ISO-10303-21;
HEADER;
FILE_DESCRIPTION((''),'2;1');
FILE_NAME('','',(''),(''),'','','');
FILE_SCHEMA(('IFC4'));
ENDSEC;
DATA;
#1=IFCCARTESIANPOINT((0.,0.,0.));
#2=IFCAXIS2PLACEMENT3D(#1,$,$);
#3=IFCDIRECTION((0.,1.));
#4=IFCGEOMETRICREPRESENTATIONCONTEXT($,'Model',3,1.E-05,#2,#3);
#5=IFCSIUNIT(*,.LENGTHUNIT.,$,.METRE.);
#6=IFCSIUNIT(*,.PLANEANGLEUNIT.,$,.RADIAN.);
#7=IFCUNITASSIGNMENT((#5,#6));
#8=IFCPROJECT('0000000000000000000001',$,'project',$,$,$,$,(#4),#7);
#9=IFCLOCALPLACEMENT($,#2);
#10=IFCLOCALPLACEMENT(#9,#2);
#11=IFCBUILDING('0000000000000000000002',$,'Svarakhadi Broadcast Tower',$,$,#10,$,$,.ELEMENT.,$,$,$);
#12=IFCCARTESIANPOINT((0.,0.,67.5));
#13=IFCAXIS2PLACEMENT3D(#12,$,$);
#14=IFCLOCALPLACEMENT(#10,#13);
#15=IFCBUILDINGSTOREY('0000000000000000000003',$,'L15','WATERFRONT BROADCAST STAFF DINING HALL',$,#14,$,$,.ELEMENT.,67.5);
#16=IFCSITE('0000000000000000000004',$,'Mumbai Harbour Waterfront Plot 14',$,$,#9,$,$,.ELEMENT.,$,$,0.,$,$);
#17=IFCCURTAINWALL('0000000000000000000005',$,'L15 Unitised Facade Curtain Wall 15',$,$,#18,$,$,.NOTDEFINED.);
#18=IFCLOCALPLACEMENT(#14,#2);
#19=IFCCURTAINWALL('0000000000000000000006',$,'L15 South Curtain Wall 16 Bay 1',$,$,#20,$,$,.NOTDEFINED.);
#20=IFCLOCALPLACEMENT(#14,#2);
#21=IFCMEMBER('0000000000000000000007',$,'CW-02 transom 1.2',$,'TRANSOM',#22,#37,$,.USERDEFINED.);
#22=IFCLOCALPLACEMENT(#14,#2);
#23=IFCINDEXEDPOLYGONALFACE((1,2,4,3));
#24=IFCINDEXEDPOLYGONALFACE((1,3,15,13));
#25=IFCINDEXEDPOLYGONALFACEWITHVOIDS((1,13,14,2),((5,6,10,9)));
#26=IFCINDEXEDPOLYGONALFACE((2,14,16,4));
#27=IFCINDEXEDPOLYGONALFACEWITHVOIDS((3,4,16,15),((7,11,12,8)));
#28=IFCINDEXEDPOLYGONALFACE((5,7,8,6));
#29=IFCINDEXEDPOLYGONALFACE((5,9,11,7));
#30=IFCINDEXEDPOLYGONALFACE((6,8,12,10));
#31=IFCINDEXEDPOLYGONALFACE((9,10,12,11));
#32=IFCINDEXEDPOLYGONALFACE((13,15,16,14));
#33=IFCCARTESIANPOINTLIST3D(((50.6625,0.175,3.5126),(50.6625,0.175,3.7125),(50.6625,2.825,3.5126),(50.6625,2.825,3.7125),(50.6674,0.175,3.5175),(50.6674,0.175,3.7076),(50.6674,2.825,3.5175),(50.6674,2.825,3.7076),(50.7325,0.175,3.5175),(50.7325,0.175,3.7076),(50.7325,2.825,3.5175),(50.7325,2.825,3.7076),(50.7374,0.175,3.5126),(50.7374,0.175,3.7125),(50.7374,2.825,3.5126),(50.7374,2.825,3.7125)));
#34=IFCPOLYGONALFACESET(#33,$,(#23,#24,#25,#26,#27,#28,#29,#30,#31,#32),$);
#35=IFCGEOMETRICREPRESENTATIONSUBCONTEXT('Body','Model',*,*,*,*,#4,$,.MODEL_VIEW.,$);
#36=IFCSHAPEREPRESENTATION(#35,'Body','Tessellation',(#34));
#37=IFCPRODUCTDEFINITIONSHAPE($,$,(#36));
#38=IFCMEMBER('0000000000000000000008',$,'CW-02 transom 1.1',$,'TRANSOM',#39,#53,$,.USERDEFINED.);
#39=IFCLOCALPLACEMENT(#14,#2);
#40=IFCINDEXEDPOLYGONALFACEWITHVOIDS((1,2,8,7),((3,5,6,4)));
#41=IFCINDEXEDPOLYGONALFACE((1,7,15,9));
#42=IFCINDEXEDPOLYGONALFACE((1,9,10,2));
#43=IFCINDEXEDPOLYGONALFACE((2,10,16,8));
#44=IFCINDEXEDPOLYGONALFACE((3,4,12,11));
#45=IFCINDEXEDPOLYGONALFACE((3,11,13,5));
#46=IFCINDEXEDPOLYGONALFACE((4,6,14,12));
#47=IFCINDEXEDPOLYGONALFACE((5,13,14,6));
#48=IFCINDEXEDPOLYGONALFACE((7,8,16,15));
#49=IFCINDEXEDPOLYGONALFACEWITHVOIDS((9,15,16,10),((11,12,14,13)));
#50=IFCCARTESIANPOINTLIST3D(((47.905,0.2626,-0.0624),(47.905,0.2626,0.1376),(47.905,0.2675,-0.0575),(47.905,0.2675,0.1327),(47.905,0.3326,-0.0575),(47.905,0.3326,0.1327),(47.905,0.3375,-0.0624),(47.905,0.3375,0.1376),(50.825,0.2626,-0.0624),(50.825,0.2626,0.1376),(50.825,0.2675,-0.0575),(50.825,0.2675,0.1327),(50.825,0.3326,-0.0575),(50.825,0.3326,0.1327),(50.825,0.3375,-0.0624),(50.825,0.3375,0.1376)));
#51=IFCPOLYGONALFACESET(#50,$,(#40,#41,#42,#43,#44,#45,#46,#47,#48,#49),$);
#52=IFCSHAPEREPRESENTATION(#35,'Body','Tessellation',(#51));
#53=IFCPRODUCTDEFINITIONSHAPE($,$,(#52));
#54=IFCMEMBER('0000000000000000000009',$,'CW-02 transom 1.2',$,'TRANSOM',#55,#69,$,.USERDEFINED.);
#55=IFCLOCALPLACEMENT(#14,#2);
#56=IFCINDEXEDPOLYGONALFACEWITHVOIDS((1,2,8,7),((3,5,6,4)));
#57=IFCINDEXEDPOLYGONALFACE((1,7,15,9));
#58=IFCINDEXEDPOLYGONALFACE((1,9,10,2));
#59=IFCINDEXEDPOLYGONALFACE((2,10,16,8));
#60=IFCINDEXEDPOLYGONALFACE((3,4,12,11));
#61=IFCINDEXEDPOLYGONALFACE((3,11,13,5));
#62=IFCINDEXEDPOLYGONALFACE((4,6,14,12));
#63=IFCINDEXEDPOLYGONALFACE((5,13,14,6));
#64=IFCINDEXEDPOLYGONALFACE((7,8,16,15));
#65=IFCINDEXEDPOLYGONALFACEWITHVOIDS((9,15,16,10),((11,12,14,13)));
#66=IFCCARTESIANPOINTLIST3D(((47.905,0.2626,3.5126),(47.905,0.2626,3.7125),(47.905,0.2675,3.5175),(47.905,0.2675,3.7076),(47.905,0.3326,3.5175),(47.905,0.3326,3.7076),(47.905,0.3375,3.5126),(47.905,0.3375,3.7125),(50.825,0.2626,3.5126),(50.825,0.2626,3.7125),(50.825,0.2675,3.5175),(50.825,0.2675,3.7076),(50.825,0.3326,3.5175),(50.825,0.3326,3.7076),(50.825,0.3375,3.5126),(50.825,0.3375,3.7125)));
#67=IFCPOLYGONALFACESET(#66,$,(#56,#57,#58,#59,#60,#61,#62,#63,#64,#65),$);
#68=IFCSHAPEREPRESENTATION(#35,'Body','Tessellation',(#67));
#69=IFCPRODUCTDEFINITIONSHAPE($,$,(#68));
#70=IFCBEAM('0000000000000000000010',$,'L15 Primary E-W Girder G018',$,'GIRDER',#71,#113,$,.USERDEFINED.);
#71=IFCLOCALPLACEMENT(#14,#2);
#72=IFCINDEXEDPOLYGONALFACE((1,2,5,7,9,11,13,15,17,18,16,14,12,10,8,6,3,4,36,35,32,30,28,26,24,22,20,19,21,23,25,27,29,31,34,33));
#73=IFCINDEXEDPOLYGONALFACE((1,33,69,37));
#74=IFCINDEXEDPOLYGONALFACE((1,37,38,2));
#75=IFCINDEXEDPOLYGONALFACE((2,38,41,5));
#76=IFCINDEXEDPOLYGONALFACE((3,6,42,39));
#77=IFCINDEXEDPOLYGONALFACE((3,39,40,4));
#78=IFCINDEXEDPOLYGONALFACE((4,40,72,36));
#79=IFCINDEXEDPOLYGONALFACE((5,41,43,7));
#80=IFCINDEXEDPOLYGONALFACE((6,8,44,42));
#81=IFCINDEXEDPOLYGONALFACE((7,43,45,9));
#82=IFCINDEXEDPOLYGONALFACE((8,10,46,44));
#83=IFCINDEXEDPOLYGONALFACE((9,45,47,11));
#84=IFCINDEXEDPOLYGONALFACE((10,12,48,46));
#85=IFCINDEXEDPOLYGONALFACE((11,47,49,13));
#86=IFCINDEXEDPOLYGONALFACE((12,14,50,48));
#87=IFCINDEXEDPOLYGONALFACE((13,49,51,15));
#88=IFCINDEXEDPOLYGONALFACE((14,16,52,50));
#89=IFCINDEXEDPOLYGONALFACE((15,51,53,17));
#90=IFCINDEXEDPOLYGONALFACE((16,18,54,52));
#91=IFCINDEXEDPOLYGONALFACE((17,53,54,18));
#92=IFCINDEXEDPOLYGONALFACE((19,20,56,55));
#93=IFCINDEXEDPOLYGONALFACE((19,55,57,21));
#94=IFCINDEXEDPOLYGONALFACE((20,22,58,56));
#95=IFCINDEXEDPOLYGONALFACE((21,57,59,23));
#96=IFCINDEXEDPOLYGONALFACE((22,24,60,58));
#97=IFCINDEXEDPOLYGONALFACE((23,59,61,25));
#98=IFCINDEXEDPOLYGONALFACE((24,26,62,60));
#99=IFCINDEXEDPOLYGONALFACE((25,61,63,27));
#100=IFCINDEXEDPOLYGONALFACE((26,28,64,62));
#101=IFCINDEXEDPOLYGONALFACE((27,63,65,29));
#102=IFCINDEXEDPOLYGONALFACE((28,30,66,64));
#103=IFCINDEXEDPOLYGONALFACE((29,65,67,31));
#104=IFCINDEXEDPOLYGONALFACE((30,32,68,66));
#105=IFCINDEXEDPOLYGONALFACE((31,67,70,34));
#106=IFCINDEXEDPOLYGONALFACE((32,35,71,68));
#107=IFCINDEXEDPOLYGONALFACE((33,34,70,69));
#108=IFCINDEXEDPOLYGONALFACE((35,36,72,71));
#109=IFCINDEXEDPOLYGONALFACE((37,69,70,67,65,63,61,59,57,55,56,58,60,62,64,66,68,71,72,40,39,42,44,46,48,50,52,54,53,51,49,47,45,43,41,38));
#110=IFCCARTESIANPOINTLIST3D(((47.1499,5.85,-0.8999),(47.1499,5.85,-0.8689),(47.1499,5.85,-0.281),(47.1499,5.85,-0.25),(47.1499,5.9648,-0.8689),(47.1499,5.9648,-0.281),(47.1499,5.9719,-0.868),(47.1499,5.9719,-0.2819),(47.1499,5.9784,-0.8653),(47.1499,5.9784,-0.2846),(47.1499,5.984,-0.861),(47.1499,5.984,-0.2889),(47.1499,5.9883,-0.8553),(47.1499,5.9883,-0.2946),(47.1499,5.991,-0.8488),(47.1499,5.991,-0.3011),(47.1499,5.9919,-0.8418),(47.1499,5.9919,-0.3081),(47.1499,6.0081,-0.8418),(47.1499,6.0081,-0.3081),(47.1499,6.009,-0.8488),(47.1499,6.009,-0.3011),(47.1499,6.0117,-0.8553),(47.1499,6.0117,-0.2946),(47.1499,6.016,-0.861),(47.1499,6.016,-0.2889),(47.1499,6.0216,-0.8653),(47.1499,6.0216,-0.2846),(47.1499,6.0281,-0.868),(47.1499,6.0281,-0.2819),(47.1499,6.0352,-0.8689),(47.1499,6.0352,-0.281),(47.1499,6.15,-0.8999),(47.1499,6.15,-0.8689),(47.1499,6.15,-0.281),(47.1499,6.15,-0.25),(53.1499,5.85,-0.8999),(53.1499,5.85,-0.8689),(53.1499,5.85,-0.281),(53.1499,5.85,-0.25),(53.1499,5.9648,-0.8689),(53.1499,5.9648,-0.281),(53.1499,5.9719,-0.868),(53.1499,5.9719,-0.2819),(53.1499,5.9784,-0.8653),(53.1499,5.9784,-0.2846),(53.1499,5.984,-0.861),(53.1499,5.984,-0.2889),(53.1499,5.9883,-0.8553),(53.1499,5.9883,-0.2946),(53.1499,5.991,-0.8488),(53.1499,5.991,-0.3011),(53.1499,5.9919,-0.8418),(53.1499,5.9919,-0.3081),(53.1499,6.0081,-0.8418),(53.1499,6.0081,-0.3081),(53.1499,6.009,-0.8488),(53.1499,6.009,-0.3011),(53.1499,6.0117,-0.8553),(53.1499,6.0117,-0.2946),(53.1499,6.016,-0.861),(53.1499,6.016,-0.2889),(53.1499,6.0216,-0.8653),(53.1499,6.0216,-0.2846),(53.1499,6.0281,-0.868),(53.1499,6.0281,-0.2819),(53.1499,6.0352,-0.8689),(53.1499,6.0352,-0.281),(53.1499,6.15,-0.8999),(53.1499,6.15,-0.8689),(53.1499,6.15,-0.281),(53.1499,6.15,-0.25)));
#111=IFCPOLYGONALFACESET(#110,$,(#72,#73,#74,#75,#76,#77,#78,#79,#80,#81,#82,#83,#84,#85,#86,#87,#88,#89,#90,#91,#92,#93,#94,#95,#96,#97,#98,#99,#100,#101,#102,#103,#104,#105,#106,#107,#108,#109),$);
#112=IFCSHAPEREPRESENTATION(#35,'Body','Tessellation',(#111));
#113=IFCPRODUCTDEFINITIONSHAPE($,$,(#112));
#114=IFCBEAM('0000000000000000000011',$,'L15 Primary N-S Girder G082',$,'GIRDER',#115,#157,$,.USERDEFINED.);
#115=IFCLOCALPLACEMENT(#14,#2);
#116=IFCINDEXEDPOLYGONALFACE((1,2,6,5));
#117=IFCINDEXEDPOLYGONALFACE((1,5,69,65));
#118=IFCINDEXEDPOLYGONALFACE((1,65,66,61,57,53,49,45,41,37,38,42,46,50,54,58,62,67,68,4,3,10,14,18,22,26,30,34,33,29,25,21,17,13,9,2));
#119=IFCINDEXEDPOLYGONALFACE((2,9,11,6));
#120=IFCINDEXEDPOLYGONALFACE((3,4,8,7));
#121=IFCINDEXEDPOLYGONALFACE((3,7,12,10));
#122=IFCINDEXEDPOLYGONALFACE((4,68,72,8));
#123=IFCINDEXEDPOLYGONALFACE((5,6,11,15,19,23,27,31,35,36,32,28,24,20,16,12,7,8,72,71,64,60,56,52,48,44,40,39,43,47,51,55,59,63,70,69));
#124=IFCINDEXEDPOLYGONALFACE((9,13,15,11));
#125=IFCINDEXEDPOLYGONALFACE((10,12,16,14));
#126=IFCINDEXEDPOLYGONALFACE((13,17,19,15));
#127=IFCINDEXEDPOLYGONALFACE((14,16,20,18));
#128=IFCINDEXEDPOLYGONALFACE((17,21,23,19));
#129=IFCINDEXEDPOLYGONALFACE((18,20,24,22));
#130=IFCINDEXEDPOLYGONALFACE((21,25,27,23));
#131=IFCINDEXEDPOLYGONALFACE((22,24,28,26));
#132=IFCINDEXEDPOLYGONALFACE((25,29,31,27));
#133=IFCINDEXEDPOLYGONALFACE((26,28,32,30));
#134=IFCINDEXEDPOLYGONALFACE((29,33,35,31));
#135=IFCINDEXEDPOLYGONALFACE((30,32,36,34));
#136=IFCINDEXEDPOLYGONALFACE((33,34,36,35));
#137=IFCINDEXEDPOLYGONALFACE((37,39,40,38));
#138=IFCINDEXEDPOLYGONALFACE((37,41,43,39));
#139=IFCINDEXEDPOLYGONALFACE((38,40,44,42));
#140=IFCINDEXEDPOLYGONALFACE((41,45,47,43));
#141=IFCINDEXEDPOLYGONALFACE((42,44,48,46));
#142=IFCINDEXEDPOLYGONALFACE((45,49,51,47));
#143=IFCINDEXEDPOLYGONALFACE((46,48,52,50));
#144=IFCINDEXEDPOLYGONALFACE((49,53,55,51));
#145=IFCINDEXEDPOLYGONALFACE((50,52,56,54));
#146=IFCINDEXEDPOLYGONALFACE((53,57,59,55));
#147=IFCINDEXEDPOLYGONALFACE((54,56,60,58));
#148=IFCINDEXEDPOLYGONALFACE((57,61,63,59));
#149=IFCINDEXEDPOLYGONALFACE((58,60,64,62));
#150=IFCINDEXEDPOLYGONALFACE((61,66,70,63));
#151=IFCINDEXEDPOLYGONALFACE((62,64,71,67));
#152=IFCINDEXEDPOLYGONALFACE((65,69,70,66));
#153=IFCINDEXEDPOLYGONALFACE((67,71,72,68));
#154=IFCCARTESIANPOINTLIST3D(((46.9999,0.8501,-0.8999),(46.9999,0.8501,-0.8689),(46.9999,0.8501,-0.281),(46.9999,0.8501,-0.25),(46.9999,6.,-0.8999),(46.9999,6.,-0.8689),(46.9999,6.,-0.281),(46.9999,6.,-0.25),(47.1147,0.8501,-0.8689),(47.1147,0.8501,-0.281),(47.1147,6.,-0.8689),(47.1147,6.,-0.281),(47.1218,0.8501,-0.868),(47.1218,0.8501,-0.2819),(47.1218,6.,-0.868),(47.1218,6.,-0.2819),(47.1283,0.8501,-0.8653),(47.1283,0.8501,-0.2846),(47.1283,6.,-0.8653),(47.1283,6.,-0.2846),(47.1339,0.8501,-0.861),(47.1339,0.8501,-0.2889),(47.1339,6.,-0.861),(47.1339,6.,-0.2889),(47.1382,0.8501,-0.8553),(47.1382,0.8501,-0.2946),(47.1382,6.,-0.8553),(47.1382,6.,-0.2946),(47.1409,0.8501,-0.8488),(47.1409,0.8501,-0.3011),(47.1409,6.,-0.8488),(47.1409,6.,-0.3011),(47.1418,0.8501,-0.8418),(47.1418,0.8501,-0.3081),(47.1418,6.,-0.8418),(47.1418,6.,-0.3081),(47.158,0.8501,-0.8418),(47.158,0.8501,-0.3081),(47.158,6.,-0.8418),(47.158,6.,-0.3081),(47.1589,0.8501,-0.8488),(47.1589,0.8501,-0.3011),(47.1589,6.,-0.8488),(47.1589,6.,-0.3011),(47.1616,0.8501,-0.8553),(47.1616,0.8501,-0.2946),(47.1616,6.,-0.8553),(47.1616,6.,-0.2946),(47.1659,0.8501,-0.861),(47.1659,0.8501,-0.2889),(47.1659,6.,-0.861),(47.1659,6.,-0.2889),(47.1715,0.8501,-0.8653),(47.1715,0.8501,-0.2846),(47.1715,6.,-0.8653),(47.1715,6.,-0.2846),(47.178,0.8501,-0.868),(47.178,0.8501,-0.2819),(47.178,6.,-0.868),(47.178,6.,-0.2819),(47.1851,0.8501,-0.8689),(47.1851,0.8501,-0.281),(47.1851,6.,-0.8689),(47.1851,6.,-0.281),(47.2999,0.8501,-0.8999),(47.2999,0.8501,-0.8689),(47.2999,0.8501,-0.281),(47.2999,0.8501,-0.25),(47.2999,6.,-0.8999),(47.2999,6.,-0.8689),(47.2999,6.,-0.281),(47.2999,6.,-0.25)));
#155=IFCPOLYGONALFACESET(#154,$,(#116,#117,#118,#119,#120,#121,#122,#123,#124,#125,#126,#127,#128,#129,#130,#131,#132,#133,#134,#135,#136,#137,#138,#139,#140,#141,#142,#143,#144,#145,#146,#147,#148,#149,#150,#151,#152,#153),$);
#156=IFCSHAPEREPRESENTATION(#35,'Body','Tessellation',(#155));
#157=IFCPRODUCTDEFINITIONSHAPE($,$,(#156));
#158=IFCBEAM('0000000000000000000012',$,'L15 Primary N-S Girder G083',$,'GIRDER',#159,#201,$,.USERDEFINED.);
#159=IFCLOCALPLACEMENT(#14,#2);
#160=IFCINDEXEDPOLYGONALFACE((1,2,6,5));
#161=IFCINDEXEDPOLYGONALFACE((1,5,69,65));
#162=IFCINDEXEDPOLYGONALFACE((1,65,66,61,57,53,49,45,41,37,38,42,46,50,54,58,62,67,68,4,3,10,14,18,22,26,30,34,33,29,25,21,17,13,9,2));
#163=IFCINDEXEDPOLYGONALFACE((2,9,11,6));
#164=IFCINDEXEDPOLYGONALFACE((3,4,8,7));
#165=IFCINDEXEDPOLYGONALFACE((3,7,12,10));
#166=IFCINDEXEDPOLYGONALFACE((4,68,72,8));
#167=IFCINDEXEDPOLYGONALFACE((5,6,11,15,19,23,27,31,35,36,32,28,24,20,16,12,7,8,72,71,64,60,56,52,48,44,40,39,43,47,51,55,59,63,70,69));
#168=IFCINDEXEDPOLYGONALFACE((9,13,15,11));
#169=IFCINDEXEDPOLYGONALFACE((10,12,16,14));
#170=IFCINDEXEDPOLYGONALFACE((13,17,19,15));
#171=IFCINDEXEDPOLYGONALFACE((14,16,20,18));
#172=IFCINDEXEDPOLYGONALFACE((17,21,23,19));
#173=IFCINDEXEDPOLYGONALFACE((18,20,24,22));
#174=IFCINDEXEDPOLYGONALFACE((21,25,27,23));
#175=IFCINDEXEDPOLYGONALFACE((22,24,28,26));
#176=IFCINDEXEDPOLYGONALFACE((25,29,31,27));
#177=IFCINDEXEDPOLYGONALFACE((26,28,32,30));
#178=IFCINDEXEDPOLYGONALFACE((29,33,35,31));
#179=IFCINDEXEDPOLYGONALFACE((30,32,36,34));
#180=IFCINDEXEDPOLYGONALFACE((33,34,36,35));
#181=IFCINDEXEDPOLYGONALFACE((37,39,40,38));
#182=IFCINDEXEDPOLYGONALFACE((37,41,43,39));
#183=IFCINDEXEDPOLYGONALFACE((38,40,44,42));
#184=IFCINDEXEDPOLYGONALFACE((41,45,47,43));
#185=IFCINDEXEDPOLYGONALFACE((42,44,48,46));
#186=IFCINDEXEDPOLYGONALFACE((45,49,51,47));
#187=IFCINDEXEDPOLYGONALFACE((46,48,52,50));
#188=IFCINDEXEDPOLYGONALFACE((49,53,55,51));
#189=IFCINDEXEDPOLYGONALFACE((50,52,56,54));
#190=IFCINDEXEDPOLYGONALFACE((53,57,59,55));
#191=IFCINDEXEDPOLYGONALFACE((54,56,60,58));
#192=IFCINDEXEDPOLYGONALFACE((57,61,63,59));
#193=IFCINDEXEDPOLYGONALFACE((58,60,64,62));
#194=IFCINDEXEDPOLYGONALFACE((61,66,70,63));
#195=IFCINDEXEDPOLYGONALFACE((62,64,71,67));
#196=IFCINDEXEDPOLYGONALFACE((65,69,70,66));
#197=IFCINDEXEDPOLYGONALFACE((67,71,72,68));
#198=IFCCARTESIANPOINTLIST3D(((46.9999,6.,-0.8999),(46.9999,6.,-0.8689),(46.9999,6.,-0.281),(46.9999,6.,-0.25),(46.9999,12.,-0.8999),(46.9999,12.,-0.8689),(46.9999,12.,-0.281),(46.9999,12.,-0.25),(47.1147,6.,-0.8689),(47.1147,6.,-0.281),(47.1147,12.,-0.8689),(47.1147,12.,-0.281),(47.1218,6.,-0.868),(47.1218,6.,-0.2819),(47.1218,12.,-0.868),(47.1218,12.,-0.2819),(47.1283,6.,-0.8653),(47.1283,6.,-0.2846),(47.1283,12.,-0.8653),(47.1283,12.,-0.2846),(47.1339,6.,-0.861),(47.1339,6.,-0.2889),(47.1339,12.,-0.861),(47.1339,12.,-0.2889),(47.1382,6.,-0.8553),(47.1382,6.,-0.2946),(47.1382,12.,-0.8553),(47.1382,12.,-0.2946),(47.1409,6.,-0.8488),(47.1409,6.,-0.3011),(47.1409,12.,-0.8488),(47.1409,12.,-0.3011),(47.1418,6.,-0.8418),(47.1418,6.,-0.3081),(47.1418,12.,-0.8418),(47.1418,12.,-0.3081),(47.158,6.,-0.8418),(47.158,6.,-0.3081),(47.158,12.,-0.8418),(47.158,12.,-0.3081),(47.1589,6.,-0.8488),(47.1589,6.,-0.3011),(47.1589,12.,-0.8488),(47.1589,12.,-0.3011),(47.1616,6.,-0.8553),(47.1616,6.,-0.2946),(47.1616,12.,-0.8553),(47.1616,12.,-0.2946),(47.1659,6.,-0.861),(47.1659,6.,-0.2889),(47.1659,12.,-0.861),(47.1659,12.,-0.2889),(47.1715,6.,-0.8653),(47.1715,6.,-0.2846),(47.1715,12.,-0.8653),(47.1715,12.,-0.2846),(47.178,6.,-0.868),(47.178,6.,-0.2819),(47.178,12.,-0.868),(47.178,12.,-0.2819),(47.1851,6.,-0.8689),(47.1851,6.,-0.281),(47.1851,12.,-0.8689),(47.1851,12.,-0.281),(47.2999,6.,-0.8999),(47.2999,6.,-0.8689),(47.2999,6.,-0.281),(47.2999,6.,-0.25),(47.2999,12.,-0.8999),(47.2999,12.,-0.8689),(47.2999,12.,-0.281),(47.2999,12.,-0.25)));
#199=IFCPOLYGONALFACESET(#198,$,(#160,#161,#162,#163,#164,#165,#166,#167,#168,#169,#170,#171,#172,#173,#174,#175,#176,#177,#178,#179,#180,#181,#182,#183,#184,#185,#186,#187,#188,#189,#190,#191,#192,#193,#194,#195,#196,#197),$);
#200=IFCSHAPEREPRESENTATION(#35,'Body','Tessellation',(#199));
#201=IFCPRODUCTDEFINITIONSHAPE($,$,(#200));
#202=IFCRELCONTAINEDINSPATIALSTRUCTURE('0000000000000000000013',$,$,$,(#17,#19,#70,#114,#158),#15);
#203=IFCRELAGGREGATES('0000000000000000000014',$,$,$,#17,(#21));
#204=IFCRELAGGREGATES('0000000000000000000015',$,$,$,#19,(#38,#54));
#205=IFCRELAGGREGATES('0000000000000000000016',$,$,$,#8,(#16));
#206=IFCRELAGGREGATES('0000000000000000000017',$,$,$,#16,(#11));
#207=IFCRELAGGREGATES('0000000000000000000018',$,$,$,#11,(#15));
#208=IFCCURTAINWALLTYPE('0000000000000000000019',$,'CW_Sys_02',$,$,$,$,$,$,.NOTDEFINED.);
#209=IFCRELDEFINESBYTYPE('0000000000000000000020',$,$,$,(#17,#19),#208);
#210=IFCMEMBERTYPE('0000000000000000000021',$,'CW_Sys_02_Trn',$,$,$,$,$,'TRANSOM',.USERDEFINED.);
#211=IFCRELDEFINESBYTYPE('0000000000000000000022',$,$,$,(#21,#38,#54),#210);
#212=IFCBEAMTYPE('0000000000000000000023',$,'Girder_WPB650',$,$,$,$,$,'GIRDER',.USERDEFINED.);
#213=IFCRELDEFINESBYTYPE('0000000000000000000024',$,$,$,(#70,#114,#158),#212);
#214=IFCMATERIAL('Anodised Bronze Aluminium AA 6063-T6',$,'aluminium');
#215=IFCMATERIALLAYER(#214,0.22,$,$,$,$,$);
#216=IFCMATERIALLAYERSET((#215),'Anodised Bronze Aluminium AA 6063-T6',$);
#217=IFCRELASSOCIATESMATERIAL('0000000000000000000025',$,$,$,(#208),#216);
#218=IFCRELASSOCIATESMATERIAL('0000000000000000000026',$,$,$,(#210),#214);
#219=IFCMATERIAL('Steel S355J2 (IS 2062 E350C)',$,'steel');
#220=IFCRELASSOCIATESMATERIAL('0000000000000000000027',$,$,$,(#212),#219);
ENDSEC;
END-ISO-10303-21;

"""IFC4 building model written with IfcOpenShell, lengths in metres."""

from ifc_helpers import new_model, si_unit, direction, frame, origin, origin_2d, place, context, subcontext, project, spatial, hollow_rectangle, i_section, extrude, material, layer, layer_set, material_profile, profile_set, type_object, element, aggregate, save


model = new_model("IFC4")

# Units and contexts
model_context = context("Model", 3, precision=1e-05, world=origin(), true_north=direction((0.0, 1.0)))
body_context = subcontext(model_context, "Body", "Model", "MODEL_VIEW")
ifc_project = project(units=[si_unit("LENGTHUNIT", "METRE"), si_unit("PLANEANGLEUNIT", "RADIAN")], contexts=[model_context])

# Site, building, storey
site_placement = place(None, origin())
site = spatial("IfcSite", under=ifc_project, at=site_placement, Name="Mumbai Harbour Waterfront Plot 14", CompositionType="ELEMENT", RefElevation=0.0)
building_placement = place(site_placement, origin())
building = spatial("IfcBuilding", under=site, at=building_placement, Name="Svarakhadi Broadcast Tower", CompositionType="ELEMENT")
storey_placement = place(building_placement, frame((0.0, 0.0, 67.5)))
storey = spatial("IfcBuildingStorey", under=building, at=storey_placement, Name="L15", Description="WATERFRONT BROADCAST STAFF DINING HALL", CompositionType="ELEMENT", Elevation=67.5)

# Curtain walls
ifc_material_1 = material(Name="Anodised Bronze Aluminium AA 6063-T6", Category="aluminium")
ifc_layer_1 = layer(ifc_material_1, 0.22)
ifc_layer_set_1 = layer_set([ifc_layer_1], Name="Anodised Bronze Aluminium AA 6063-T6")
curtain_wall_type = type_object("IfcCurtainWallType", Name="CW_Sys_02", PredefinedType="NOTDEFINED", material=ifc_layer_set_1)
curtain_wall_1_placement = place(storey_placement, origin())
curtain_wall_1 = element("IfcCurtainWall", 1, at=curtain_wall_1_placement, inside=storey, type_object=curtain_wall_type, Name="L15 Unitised Facade Curtain Wall 15", PredefinedType="NOTDEFINED")
curtain_wall_2_placement = place(storey_placement, origin())
curtain_wall_2 = element("IfcCurtainWall", 2, at=curtain_wall_2_placement, inside=storey, type_object=curtain_wall_type, Name="L15 South Curtain Wall 16 Bay 1", PredefinedType="NOTDEFINED")

# Members
ifc_material_profile_1 = material_profile(ifc_material_1, hollow_rectangle(XDim=0.075, YDim=0.2, WallThickness=0.0049, at=origin_2d()), Name="ALU TRANSOM 200x75x5")
ifc_profile_set_1 = profile_set([ifc_material_profile_1], Name="Anodised Bronze Aluminium AA 6063-T6")
member_type_1 = type_object("IfcMemberType", Name="CW_Sys_02_Trn", ElementType="TRANSOM", PredefinedType="USERDEFINED", material=ifc_profile_set_1)
member_1_placement = place(storey_placement, frame((50.7, 2.825, 3.6125), z_axis=(0.0, -1.0, 0.0), x_axis=(1.0, 0.0, 0.0)))
member_1 = element("IfcMember", 3, at=member_1_placement, type_object=member_type_1, Name="CW-02 transom 1.2", ObjectType="TRANSOM", PredefinedType="USERDEFINED", context=body_context, shape_type="SweptSolid", body=[
    extrude(hollow_rectangle(XDim=0.075, YDim=0.2, WallThickness=0.0049, at=origin_2d()), origin(), (0.0, 0.0, 1.0), 2.6499),
])
member_2_placement = place(storey_placement, frame((50.825, 0.3, 0.0376), z_axis=(-1.0, 0.0, 0.0), x_axis=(0.0, -1.0, 0.0)))
member_2 = element("IfcMember", 4, at=member_2_placement, type_object=member_type_1, Name="CW-02 transom 1.1", ObjectType="TRANSOM", PredefinedType="USERDEFINED", context=body_context, shape_type="SweptSolid", body=[
    extrude(hollow_rectangle(XDim=0.075, YDim=0.2, WallThickness=0.0049, at=origin_2d()), origin(), (0.0, 0.0, 1.0), 2.9199),
])
member_3_placement = place(storey_placement, frame((50.825, 0.3, 3.6125), z_axis=(-1.0, 0.0, 0.0), x_axis=(0.0, -1.0, 0.0)))
member_3 = element("IfcMember", 5, at=member_3_placement, type_object=member_type_1, Name="CW-02 transom 1.2", ObjectType="TRANSOM", PredefinedType="USERDEFINED", context=body_context, shape_type="SweptSolid", body=[
    extrude(hollow_rectangle(XDim=0.075, YDim=0.2, WallThickness=0.0049, at=origin_2d()), origin(), (0.0, 0.0, 1.0), 2.9199),
])

# Beams
ifc_material_2 = material(Name="Steel S355J2 (IS 2062 E350C)", Category="steel")
ifc_material_profile_2 = material_profile(ifc_material_2, i_section(OverallWidth=0.3, OverallDepth=0.6499, WebThickness=0.0161, FlangeThickness=0.031, FilletRadius=0.0271, at=origin_2d()), Name="WPB 650x300x225")
ifc_profile_set_2 = profile_set([ifc_material_profile_2], Name="Steel S355J2 (IS 2062 E350C)")
beam_type = type_object("IfcBeamType", Name="Girder_WPB650", ElementType="GIRDER", PredefinedType="USERDEFINED", material=ifc_profile_set_2)
beam_1_placement = place(storey_placement, frame((47.1499, 6.0, -0.575), z_axis=(1.0, 0.0, 0.0), x_axis=(0.0, 1.0, 0.0)))
element("IfcBeam", 6, at=beam_1_placement, inside=storey, type_object=beam_type, Name="L15 Primary E-W Girder G018", ObjectType="GIRDER", PredefinedType="USERDEFINED", context=body_context, shape_type="SweptSolid", body=[
    extrude(i_section(OverallWidth=0.3, OverallDepth=0.6499, WebThickness=0.0161, FlangeThickness=0.031, FilletRadius=0.0271, at=origin_2d()), origin(), (0.0, 0.0, 1.0), 6.0),
])
beam_2_placement = place(storey_placement, frame((47.1499, 0.8501, -0.575), z_axis=(0.0, 1.0, 0.0), x_axis=(-1.0, 0.0, 0.0)))
element("IfcBeam", 7, at=beam_2_placement, inside=storey, type_object=beam_type, Name="L15 Primary N-S Girder G082", ObjectType="GIRDER", PredefinedType="USERDEFINED", context=body_context, shape_type="SweptSolid", body=[
    extrude(i_section(OverallWidth=0.3, OverallDepth=0.6499, WebThickness=0.0161, FlangeThickness=0.031, FilletRadius=0.0271, at=origin_2d()), origin(), (0.0, 0.0, 1.0), 5.1499),
])
beam_3_placement = place(storey_placement, frame((47.1499, 6.0, -0.575), z_axis=(0.0, 1.0, 0.0), x_axis=(-1.0, 0.0, 0.0)))
element("IfcBeam", 8, at=beam_3_placement, inside=storey, type_object=beam_type, Name="L15 Primary N-S Girder G083", ObjectType="GIRDER", PredefinedType="USERDEFINED", context=body_context, shape_type="SweptSolid", body=[
    extrude(i_section(OverallWidth=0.3, OverallDepth=0.6499, WebThickness=0.0161, FlangeThickness=0.031, FilletRadius=0.0271, at=origin_2d()), origin(), (0.0, 0.0, 1.0), 6.0),
])

aggregate(curtain_wall_1, [member_1])
aggregate(curtain_wall_2, [member_2, member_3])

save(model, "model.ifc")
